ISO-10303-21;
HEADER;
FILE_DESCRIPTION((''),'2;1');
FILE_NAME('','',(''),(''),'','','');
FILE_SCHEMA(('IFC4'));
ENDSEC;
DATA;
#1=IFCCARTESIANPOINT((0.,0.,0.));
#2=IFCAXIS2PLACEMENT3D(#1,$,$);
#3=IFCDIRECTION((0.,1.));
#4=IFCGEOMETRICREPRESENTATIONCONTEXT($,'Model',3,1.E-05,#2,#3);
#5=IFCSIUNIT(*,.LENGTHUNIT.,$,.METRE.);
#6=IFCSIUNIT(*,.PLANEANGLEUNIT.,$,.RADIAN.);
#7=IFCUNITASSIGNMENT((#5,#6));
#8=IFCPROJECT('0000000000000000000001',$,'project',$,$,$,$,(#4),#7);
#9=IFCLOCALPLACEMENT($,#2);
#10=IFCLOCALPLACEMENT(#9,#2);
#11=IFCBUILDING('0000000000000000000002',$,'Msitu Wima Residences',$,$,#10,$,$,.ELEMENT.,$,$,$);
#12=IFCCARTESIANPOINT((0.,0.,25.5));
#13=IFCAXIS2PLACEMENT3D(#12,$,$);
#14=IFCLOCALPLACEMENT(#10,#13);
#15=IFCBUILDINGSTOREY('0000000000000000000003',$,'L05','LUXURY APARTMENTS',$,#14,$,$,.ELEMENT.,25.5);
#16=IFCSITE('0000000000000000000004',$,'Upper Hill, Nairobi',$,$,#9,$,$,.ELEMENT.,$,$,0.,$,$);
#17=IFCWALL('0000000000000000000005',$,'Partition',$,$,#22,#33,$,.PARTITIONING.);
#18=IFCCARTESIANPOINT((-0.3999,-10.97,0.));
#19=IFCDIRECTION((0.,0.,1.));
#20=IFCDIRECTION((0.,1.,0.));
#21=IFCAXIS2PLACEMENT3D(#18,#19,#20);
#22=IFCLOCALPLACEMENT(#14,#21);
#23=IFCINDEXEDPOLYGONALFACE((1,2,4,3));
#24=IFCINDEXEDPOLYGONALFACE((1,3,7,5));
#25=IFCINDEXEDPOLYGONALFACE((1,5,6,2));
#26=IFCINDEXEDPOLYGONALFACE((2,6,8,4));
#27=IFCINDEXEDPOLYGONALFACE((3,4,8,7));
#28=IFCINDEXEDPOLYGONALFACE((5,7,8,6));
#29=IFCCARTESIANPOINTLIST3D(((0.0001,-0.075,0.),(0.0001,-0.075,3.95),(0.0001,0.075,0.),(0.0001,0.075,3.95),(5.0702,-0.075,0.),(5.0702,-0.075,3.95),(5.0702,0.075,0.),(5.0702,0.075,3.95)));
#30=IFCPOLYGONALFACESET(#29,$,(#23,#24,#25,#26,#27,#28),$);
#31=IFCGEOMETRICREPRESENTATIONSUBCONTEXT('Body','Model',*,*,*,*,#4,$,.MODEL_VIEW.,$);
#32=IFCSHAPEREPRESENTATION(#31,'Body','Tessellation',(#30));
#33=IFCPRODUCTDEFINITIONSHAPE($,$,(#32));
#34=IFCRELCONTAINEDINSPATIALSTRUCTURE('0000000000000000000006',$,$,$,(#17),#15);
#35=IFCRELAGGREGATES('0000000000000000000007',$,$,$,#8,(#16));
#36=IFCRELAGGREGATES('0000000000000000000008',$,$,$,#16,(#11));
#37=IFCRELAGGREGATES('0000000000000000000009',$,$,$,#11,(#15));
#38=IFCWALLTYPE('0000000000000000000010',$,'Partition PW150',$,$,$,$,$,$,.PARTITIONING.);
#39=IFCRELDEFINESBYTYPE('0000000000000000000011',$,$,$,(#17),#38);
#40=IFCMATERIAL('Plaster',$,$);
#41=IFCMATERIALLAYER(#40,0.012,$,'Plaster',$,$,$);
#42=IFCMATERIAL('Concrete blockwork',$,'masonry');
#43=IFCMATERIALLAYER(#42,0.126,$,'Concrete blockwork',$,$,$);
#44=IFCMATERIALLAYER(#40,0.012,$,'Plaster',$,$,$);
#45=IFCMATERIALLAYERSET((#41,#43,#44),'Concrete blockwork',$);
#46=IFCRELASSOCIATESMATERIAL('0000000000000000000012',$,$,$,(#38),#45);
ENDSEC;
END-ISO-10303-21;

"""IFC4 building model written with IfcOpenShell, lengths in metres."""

from ifc_helpers import new_model, si_unit, direction, frame, frame_2d, origin, place, context, subcontext, project, spatial, rectangle, extrude, material, layer, layer_set, type_object, element, save


model = new_model("IFC4")

# Units and contexts
model_context = context("Model", 3, precision=1e-05, world=origin(), true_north=direction((0.0, 1.0)))
body_context = subcontext(model_context, "Body", "Model", "MODEL_VIEW")
ifc_project = project(units=[si_unit("LENGTHUNIT", "METRE"), si_unit("PLANEANGLEUNIT", "RADIAN")], contexts=[model_context])

# Site, building, storey
site_placement = place(None, origin())
site = spatial("IfcSite", under=ifc_project, at=site_placement, Name="Upper Hill, Nairobi", CompositionType="ELEMENT", RefElevation=0.0)
building_placement = place(site_placement, origin())
building = spatial("IfcBuilding", under=site, at=building_placement, Name="Msitu Wima Residences", CompositionType="ELEMENT")
storey_placement = place(building_placement, frame((0.0, 0.0, 25.5)))
storey = spatial("IfcBuildingStorey", under=building, at=storey_placement, Name="L05", Description="LUXURY APARTMENTS", CompositionType="ELEMENT", Elevation=25.5)

# Shared definitions
ifc_material_1 = material(Name="Plaster")
ifc_material_2 = material(Name="Concrete blockwork", Category="masonry")

# Wall
ifc_layer_1 = layer(ifc_material_1, 0.012, Name="Plaster")
ifc_layer_2 = layer(ifc_material_2, 0.126, Name="Concrete blockwork")
ifc_layer_3 = layer(ifc_material_1, 0.012, Name="Plaster")
ifc_layer_set_1 = layer_set([ifc_layer_1, ifc_layer_2, ifc_layer_3], Name="Concrete blockwork")
wall_type_1 = type_object("IfcWallType", Name="Partition PW150", PredefinedType="PARTITIONING", material=ifc_layer_set_1)
wall_1_placement = place(storey_placement, frame((-0.3999, -10.97, 0.0), z_axis=(0.0, 0.0, 1.0), x_axis=(0.0, 1.0, 0.0)))
element("IfcWall", 1, at=wall_1_placement, inside=storey, type_object=wall_type_1, Name="Partition", PredefinedType="PARTITIONING", context=body_context, shape_type="SweptSolid", body=[
    extrude(rectangle(XDim=5.0701, YDim=0.1499, at=frame_2d((2.5352, 0.0))), origin(), (0.0, 0.0, 1.0), 3.95),
])

save(model, "model.ifc")
